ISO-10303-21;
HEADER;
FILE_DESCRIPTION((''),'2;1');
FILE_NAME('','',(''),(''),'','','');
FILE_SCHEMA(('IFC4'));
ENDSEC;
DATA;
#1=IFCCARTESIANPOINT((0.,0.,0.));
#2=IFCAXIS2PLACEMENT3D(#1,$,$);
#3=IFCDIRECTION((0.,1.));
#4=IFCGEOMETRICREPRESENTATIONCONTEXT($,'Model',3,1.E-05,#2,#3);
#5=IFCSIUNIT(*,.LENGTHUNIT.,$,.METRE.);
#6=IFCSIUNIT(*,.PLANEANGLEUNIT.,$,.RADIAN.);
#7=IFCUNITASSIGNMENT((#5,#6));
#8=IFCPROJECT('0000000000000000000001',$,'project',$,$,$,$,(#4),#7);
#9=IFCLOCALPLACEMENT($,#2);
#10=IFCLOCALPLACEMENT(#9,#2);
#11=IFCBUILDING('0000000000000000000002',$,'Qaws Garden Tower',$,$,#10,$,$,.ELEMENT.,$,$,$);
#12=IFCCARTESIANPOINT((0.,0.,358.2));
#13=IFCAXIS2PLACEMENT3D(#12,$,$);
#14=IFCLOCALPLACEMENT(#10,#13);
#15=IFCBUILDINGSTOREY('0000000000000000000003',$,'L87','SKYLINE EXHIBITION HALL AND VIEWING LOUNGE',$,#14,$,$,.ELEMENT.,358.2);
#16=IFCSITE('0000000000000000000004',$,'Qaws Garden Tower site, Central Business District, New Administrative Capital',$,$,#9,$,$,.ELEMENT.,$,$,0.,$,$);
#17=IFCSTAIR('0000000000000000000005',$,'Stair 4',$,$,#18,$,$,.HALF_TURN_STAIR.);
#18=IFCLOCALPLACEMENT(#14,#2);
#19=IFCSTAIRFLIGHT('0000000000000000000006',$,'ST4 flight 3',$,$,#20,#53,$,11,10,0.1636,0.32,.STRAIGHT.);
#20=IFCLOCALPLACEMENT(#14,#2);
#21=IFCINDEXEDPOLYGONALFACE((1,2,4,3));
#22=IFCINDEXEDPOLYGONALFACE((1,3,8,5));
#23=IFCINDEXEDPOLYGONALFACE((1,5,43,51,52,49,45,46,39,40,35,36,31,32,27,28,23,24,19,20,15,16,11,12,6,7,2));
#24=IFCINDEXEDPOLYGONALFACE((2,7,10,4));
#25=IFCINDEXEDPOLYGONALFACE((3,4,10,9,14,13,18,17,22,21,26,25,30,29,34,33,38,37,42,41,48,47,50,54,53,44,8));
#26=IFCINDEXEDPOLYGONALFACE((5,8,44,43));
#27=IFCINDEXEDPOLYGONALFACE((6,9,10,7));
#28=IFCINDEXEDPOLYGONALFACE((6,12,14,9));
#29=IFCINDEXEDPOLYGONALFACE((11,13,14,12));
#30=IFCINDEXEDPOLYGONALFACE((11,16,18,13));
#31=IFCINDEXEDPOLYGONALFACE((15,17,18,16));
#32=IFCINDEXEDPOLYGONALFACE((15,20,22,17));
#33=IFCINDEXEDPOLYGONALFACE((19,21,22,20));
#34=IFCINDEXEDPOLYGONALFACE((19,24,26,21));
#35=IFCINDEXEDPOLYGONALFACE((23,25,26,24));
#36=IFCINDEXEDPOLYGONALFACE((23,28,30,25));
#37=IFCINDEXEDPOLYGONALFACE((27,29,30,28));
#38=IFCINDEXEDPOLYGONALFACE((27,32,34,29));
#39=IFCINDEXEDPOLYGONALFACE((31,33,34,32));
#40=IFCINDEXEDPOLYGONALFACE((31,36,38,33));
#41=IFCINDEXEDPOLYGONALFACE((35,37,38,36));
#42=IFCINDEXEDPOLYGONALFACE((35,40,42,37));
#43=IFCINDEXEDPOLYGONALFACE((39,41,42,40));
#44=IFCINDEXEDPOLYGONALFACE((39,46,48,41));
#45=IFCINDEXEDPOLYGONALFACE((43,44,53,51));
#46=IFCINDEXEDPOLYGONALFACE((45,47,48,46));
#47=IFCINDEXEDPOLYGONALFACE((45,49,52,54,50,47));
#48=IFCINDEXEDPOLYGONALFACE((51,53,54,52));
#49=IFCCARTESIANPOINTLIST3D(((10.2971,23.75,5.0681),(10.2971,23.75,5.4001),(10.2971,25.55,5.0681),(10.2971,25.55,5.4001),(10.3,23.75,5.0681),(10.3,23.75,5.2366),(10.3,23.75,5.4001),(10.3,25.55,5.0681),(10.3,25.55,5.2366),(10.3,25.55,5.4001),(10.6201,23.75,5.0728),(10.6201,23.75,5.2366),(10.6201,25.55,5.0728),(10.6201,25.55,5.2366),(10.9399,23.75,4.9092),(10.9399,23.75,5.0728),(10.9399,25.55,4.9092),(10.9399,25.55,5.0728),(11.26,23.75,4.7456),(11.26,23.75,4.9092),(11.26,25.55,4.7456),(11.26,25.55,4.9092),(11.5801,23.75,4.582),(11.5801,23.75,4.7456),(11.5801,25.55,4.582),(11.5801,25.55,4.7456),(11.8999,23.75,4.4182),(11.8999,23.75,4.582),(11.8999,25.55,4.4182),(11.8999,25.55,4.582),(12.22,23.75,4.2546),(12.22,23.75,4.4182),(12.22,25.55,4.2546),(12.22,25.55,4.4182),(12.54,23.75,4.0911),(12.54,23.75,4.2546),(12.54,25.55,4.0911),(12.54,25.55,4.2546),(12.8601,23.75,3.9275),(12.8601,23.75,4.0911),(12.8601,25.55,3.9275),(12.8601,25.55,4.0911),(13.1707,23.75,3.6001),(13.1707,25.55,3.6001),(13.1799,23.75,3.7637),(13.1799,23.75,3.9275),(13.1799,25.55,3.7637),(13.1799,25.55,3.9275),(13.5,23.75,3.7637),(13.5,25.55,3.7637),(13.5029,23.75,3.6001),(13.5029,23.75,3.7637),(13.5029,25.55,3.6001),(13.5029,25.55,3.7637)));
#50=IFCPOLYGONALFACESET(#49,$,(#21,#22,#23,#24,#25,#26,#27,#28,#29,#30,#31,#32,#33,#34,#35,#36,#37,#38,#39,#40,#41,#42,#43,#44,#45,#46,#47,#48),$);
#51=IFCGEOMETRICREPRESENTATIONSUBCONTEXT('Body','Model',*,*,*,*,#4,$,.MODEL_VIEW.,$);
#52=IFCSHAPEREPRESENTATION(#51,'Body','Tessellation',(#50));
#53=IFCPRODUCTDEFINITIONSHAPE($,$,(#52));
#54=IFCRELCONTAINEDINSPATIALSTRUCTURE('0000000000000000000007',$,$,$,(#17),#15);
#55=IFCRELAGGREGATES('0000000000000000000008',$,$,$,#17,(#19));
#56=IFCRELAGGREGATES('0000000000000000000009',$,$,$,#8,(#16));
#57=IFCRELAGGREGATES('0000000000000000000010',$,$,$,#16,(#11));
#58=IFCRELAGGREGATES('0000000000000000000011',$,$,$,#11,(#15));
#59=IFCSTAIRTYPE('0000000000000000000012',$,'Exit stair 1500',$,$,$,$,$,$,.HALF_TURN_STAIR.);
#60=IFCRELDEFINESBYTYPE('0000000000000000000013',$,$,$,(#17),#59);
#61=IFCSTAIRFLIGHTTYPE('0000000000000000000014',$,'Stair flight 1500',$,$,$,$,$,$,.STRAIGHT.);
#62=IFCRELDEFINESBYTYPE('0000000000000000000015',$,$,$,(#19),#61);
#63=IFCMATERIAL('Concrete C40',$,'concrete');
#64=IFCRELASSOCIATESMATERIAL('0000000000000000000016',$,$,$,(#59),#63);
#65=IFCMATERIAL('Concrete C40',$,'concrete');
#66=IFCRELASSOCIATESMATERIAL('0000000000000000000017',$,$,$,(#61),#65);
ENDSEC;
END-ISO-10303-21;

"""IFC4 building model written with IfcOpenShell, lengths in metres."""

from ifc_helpers import new_model, si_unit, direction, frame, origin, place, context, subcontext, project, spatial, polyline, outline, extrude, material, type_object, element, aggregate, save


model = new_model("IFC4")

# Units and contexts
model_context = context("Model", 3, precision=1e-05, world=origin(), true_north=direction((0.0, 1.0)))
body_context = subcontext(model_context, "Body", "Model", "MODEL_VIEW")
ifc_project = project(units=[si_unit("LENGTHUNIT", "METRE"), si_unit("PLANEANGLEUNIT", "RADIAN")], contexts=[model_context])

# Site, building, storey
site_placement = place(None, origin())
site = spatial("IfcSite", under=ifc_project, at=site_placement, Name="Qaws Garden Tower site, Central Business District, New Administrative Capital", CompositionType="ELEMENT", RefElevation=0.0)
building_placement = place(site_placement, origin())
building = spatial("IfcBuilding", under=site, at=building_placement, Name="Qaws Garden Tower", CompositionType="ELEMENT")
storey_placement = place(building_placement, frame((0.0, 0.0, 358.2)))
storey = spatial("IfcBuildingStorey", under=building, at=storey_placement, Name="L87", Description="SKYLINE EXHIBITION HALL AND VIEWING LOUNGE", CompositionType="ELEMENT", Elevation=358.2)

# Shared definitions
placement = place(storey_placement, origin())

# Stair, stair flight
ifc_material_1 = material(Name="Concrete C40", Category="concrete")
stair_type = type_object("IfcStairType", Name="Exit stair 1500", PredefinedType="HALF_TURN_STAIR", material=ifc_material_1)
stair = element("IfcStair", 1, at=placement, inside=storey, type_object=stair_type, Name="Stair 4", PredefinedType="HALF_TURN_STAIR")
ifc_material_2 = material(Name="Concrete C40", Category="concrete")
stair_flight_type = type_object("IfcStairFlightType", Name="Stair flight 1500", PredefinedType="STRAIGHT", material=ifc_material_2)
stair_flight_1_placement = place(storey_placement, frame((13.5, 24.6499, 3.6001), z_axis=(0.0, 0.0, 1.0), x_axis=(-1.0, 0.0, 0.0)))
stair_flight_1 = element("IfcStairFlight", 2, at=stair_flight_1_placement, type_object=stair_flight_type, Name="ST4 flight 3", NumberOfRisers=11, NumberOfTreads=10, PredefinedType="STRAIGHT", RiserHeight=0.1636, TreadLength=0.32, context=body_context, shape_type="SweptSolid", body=[
    extrude(outline(polyline([(-0.0029, 0.0), (-0.0029, 0.1636), (0.0, 0.1636), (0.3201, 0.1636), (0.3201, 0.3274), (0.6399, 0.3274), (0.6399, 0.491), (0.96, 0.491), (0.96, 0.6545), (1.28, 0.6545), (1.28, 0.8181), (1.6001, 0.8181), (1.6001, 0.9819), (1.9199, 0.9819), (1.9199, 1.1455), (2.24, 1.1455), (2.24, 1.3091), (2.5601, 1.3091), (2.5601, 1.4727), (2.8799, 1.4727), (2.8799, 1.6365), (3.2, 1.6365), (3.2, 1.8), (3.2029, 1.8), (3.2029, 1.468), (3.2, 1.468), (0.3293, 0.0), (-0.0029, 0.0)])), frame((0.0, 0.8999, 0.0), z_axis=(0.0, -1.0, 0.0), x_axis=(1.0, 0.0, 0.0)), (0.0, 0.0, 1.0), 1.8),
])
aggregate(stair, [stair_flight_1])

save(model, "model.ifc")
